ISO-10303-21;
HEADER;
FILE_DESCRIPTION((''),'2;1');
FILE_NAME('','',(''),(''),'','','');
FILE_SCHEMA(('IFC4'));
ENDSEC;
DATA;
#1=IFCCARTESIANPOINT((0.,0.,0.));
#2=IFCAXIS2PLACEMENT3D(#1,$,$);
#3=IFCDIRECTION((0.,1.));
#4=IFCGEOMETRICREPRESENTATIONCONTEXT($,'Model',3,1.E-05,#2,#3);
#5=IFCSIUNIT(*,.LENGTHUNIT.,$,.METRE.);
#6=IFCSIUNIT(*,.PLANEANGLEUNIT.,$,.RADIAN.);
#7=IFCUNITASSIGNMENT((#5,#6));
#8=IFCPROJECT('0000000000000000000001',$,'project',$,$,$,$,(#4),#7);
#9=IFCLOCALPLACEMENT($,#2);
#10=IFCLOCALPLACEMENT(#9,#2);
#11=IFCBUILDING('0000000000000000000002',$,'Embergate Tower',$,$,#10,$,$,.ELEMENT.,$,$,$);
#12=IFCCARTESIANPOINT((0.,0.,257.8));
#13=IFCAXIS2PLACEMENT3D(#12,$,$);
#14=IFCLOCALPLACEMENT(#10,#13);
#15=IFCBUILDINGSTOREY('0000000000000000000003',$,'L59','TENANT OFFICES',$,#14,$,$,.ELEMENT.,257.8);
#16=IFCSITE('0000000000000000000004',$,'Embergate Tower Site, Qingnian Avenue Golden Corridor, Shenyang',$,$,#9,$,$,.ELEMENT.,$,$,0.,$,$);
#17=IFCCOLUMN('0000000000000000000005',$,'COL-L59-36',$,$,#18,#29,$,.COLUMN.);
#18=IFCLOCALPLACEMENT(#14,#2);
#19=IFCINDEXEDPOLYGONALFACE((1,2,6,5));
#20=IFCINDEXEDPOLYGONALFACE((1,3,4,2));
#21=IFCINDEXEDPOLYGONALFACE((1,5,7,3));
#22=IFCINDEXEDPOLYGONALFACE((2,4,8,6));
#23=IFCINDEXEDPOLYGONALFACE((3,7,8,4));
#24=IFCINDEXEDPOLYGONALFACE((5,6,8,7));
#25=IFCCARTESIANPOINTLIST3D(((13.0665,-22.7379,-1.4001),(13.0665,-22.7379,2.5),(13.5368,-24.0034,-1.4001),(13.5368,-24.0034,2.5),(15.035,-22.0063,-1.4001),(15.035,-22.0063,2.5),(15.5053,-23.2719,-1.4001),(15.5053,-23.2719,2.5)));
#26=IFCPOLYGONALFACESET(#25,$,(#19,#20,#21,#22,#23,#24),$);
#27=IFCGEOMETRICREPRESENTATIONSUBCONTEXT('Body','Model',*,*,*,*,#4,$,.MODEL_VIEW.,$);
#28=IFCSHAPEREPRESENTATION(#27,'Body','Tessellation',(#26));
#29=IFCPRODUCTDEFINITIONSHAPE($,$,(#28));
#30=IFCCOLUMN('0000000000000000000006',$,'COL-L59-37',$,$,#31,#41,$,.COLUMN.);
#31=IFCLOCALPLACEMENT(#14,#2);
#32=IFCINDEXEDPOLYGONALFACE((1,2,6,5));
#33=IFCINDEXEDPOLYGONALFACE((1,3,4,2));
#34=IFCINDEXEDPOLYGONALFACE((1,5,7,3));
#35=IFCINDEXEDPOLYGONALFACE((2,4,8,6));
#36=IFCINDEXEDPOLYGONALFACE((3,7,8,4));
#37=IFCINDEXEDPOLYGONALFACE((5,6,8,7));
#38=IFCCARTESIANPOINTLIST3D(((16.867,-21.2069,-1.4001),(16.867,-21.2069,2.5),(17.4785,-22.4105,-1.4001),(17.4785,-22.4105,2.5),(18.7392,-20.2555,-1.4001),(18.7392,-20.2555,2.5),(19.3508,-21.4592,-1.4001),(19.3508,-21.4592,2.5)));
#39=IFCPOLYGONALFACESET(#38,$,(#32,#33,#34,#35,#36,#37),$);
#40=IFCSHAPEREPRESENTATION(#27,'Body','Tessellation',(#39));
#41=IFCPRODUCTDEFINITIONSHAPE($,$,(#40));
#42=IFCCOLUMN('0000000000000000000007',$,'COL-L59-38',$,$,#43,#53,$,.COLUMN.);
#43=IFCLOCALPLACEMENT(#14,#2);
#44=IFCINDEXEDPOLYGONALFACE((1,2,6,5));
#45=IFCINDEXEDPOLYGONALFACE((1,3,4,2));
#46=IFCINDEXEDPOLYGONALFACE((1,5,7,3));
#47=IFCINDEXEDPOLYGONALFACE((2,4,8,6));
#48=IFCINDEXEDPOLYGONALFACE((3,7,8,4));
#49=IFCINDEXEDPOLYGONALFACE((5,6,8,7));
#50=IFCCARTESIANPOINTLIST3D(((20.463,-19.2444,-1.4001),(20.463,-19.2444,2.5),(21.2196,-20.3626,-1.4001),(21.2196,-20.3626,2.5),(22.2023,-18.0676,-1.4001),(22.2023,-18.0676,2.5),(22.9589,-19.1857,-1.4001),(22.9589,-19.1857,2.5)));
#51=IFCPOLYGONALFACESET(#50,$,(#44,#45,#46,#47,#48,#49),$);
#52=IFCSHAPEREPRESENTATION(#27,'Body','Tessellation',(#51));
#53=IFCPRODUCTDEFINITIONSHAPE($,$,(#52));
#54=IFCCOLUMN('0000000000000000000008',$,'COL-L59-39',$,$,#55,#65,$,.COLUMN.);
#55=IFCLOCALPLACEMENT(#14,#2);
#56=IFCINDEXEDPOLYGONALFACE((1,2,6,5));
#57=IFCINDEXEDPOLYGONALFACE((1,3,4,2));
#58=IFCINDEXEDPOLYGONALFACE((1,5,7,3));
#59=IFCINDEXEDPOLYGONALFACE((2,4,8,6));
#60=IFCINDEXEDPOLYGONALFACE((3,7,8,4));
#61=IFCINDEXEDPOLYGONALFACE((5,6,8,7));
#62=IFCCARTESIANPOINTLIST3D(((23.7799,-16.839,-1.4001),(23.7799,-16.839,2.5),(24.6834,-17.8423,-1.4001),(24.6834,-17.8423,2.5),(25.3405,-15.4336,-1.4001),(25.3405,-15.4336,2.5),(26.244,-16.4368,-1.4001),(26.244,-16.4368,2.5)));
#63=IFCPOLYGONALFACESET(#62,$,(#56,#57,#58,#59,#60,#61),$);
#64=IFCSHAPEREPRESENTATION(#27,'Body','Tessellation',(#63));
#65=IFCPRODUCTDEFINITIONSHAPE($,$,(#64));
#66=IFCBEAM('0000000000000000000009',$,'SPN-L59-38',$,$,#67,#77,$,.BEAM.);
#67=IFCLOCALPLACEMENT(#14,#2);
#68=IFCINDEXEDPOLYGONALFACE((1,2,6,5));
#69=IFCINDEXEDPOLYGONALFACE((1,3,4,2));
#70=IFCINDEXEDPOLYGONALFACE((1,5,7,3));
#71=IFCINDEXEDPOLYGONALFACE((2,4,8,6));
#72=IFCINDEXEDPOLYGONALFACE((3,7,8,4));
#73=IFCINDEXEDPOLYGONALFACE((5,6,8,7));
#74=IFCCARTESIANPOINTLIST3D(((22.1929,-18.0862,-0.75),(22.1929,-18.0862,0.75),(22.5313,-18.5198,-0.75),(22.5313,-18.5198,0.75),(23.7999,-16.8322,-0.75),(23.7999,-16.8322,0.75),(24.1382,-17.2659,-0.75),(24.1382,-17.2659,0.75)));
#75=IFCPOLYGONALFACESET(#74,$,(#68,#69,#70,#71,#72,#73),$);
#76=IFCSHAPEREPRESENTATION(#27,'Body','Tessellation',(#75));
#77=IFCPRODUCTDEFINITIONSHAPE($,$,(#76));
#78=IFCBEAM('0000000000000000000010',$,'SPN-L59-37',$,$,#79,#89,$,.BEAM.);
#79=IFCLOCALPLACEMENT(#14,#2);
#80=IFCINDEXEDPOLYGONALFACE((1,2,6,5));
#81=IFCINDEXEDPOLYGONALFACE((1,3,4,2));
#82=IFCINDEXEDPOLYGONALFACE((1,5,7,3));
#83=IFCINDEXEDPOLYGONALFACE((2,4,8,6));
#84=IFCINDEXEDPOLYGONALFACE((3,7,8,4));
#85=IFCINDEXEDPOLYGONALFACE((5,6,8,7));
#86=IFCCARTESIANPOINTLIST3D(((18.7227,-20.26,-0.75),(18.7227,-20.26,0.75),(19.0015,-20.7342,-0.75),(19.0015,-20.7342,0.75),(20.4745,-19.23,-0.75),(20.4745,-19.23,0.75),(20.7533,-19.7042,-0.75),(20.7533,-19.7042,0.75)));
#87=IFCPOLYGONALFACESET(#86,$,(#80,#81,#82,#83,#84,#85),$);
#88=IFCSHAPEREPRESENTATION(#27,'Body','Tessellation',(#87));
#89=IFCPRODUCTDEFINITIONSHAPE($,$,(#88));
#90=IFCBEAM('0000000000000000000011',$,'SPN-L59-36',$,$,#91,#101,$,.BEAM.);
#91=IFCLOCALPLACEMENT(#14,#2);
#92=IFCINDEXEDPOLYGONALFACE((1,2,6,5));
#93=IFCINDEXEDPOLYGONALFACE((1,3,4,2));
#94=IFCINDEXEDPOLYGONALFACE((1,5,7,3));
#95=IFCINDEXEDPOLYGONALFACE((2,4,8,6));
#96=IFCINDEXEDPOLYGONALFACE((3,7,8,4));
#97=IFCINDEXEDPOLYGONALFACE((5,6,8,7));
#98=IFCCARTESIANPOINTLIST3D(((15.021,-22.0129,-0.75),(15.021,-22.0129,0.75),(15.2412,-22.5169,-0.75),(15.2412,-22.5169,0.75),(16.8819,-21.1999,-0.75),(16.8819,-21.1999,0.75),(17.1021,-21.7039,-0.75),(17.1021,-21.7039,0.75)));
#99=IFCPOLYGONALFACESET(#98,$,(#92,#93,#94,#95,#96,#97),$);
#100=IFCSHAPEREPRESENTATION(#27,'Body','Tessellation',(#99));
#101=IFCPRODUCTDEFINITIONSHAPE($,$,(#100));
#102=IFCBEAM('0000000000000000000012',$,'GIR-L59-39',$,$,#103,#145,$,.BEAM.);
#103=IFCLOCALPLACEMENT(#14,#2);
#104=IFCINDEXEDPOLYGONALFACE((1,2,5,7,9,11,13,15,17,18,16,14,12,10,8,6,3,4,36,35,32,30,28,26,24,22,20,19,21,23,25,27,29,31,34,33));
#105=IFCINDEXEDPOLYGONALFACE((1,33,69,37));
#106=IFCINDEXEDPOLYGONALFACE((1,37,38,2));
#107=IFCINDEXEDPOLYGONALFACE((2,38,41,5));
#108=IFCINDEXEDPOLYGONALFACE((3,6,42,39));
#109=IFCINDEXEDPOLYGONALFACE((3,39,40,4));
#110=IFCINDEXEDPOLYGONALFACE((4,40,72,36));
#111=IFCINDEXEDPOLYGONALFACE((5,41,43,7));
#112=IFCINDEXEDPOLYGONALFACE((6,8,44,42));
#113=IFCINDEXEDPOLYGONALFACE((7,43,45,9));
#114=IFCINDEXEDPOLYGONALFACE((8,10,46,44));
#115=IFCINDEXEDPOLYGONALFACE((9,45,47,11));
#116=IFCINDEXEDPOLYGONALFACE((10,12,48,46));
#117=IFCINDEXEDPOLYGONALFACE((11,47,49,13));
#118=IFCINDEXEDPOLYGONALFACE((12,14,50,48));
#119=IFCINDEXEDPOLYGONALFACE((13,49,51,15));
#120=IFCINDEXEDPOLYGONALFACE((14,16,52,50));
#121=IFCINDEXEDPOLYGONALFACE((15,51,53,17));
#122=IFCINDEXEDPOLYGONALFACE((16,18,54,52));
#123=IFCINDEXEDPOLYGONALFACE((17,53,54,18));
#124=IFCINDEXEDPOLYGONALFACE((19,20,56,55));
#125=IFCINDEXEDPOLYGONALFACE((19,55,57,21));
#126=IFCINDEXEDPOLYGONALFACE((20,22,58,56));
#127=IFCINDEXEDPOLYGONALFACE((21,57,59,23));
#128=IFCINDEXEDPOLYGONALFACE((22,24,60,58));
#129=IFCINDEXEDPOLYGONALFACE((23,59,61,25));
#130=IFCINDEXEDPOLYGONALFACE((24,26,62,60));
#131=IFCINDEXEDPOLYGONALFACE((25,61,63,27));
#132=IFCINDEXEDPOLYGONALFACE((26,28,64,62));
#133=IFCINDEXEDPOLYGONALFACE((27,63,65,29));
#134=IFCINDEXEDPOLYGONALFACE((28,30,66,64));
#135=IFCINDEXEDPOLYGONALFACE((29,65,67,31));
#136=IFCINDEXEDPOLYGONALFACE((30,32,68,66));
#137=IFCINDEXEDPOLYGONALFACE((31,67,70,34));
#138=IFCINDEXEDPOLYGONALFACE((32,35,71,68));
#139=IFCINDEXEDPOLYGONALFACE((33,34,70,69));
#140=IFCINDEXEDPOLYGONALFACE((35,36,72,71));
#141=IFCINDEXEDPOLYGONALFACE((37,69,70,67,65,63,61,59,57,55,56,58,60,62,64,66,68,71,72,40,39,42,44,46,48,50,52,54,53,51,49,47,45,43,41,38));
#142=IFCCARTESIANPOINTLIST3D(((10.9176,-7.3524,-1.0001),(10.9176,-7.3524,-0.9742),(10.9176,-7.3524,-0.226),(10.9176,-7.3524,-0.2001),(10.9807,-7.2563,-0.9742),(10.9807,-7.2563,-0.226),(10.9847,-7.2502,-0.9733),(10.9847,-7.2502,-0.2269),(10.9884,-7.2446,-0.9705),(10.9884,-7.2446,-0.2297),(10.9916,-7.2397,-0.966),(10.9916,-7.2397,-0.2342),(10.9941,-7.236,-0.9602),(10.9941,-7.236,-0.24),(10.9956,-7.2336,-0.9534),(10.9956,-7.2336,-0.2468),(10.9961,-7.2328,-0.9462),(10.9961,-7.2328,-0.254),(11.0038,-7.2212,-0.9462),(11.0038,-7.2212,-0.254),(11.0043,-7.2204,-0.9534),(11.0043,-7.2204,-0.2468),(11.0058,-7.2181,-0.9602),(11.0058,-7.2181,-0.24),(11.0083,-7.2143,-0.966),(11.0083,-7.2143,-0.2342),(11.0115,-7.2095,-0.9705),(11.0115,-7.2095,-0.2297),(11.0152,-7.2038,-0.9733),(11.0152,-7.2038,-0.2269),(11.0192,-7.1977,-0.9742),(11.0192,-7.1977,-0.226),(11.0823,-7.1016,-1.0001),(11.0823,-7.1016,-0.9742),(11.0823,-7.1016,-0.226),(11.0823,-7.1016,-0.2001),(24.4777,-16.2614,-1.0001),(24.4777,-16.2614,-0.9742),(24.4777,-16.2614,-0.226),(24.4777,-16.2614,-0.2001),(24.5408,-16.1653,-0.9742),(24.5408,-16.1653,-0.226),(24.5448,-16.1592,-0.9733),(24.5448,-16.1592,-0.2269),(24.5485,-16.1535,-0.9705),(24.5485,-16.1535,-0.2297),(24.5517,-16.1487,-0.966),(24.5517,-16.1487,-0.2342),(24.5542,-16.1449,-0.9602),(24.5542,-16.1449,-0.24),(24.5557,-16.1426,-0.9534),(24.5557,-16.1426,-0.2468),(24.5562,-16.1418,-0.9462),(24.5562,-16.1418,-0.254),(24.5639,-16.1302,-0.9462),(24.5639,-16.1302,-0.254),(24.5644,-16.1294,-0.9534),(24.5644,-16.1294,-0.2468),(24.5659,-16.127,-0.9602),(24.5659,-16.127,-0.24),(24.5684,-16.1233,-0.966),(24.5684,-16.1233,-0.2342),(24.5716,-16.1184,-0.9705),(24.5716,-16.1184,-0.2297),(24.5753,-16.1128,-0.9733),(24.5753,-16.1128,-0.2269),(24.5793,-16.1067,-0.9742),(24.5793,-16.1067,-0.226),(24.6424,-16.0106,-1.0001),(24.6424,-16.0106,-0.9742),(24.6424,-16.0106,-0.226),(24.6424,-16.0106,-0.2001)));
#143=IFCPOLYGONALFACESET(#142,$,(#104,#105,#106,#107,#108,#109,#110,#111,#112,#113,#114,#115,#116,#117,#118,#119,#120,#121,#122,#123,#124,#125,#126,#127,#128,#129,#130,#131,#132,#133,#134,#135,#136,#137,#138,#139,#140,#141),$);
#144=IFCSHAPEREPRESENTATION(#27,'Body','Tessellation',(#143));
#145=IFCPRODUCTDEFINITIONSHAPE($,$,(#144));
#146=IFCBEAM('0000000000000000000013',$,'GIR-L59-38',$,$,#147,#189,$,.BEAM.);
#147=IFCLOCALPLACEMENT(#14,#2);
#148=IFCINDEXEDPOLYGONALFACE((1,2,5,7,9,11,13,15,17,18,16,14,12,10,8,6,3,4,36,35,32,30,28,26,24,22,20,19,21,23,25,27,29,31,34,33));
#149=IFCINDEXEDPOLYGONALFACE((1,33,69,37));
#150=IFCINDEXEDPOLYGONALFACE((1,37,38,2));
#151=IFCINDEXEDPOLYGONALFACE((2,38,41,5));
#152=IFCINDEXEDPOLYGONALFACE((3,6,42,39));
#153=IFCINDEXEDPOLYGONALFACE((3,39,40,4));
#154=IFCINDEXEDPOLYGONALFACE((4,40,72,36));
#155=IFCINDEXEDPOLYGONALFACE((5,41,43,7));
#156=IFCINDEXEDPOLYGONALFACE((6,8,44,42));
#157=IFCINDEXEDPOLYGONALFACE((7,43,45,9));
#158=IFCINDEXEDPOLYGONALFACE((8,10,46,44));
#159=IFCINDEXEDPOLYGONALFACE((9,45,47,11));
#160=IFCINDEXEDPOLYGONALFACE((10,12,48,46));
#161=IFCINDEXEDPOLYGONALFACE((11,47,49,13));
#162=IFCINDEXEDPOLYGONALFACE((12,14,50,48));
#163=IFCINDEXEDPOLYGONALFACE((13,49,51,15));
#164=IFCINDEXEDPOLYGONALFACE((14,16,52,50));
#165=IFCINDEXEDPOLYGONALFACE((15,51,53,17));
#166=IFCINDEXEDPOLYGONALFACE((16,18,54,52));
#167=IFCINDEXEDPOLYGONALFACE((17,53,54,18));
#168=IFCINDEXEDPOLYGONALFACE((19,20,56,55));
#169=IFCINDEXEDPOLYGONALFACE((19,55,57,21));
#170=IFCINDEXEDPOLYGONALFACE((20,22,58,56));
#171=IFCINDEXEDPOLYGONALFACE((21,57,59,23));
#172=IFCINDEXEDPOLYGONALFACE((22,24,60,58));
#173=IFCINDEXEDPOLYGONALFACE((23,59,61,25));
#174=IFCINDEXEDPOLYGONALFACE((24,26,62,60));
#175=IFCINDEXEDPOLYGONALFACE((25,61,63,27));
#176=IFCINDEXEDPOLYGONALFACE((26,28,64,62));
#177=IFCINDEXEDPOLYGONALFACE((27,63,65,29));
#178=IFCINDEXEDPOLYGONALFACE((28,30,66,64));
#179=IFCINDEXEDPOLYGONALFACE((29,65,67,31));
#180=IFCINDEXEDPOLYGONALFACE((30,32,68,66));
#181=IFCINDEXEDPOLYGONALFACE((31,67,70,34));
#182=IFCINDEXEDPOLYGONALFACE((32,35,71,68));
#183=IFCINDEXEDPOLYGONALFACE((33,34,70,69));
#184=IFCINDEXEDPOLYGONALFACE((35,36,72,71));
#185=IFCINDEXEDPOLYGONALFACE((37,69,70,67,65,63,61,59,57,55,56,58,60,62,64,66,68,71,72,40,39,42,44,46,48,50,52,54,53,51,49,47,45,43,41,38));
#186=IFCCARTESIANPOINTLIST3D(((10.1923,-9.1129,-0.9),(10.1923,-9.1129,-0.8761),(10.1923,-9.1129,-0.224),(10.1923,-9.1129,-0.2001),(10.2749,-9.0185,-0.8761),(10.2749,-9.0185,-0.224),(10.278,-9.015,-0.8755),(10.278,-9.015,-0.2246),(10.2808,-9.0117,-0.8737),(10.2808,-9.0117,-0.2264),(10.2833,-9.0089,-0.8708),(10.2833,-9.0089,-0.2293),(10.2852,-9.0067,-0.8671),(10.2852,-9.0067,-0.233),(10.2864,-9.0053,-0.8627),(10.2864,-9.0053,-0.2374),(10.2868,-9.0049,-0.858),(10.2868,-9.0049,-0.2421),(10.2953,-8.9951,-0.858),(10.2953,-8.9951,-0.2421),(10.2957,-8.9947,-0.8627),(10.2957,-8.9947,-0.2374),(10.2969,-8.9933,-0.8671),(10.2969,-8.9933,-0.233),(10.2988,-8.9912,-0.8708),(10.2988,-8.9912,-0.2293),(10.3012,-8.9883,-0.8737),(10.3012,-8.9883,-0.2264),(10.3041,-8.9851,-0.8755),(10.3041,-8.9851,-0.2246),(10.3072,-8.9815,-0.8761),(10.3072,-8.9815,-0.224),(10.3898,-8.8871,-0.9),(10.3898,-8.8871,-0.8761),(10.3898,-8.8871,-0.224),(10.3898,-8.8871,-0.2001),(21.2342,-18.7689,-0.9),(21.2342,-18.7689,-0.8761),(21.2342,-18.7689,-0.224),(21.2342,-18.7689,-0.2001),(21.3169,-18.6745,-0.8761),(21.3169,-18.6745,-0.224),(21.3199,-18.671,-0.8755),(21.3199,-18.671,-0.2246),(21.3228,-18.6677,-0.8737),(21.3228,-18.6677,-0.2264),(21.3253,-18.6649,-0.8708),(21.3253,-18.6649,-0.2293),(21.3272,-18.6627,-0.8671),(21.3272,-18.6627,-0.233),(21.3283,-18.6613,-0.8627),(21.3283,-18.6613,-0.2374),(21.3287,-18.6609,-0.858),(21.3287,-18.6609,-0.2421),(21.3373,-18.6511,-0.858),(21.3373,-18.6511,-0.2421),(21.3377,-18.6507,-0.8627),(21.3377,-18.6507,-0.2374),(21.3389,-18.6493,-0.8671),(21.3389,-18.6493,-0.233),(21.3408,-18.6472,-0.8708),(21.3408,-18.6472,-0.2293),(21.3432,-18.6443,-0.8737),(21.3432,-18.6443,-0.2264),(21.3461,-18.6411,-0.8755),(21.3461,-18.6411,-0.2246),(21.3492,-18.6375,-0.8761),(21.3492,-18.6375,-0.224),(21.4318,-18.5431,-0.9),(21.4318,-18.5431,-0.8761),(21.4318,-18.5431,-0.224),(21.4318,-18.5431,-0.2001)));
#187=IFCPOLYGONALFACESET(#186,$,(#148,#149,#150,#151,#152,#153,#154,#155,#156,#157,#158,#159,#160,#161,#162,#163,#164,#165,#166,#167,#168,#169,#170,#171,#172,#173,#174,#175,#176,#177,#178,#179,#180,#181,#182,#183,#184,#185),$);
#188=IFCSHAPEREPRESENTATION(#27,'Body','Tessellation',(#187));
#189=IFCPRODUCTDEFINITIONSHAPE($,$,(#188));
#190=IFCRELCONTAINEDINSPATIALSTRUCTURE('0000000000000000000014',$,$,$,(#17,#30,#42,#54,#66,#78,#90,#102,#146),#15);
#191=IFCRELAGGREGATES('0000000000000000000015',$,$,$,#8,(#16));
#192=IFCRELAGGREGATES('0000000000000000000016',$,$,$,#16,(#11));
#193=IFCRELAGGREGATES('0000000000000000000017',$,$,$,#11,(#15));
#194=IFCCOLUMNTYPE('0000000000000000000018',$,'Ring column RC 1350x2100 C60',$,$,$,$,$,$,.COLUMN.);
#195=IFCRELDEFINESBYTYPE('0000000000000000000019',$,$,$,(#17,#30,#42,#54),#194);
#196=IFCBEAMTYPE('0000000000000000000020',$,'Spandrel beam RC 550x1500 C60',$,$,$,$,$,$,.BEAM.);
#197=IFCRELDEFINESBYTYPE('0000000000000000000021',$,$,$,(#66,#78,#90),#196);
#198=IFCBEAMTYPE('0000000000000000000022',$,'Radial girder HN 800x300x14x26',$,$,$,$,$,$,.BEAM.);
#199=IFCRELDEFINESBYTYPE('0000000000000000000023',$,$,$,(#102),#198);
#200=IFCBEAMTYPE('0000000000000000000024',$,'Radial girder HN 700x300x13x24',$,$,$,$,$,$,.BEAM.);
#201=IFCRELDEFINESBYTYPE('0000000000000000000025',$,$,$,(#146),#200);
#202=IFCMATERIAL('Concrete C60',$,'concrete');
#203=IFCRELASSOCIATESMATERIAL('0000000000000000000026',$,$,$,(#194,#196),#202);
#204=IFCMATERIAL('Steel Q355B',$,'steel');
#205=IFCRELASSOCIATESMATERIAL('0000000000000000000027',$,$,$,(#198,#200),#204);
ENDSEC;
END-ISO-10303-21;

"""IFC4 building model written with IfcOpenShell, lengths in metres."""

from ifc_helpers import new_model, si_unit, direction, frame, origin, origin_2d, place, context, subcontext, project, spatial, rectangle, i_section, extrude, source, transform, mapped, material, material_profile, profile_set, type_object, element, save


model = new_model("IFC4")

# Units and contexts
model_context = context("Model", 3, precision=1e-05, world=origin(), true_north=direction((0.0, 1.0)))
body_context = subcontext(model_context, "Body", "Model", "MODEL_VIEW")
ifc_project = project(units=[si_unit("LENGTHUNIT", "METRE"), si_unit("PLANEANGLEUNIT", "RADIAN")], contexts=[model_context])

# Site, building, storey
site_placement = place(None, origin())
site = spatial("IfcSite", under=ifc_project, at=site_placement, Name="Embergate Tower Site, Qingnian Avenue Golden Corridor, Shenyang", CompositionType="ELEMENT", RefElevation=0.0)
building_placement = place(site_placement, origin())
building = spatial("IfcBuilding", under=site, at=building_placement, Name="Embergate Tower", CompositionType="ELEMENT")
storey_placement = place(building_placement, frame((0.0, 0.0, 257.8)))
storey = spatial("IfcBuildingStorey", under=building, at=storey_placement, Name="L59", Description="TENANT OFFICES", CompositionType="ELEMENT", Elevation=257.8)

# Columns
ifc_material_1 = material(Name="Concrete C60", Category="concrete")
ifc_material_profile_1 = material_profile(ifc_material_1, rectangle(XDim=1.3501, YDim=2.1001, at=origin_2d()), Name="RC 1350x2100")
ifc_profile_set_1 = profile_set([ifc_material_profile_1], Name="Concrete C60")
column_type = type_object("IfcColumnType", Name="Ring column RC 1350x2100 C60", PredefinedType="COLUMN", material=ifc_profile_set_1)
shared_shape_1 = source(origin(), body_context, "Body", "SweptSolid", [
    extrude(rectangle(XDim=1.3501, YDim=2.1001, at=origin_2d()), origin(), (0.0, 0.0, 1.0), 3.9001),
])
for number, where, z_axis, x_axis, name in (
    (1, (14.2859, -23.0049, -1.4001), (0.0, 0.0, 1.0), (0.348343, -0.937367, 0.0), "COL-L59-36"),
    (2, (18.1089, -21.333, -1.4001), (0.0, 0.0, 1.0), (0.452995, -0.891513, 0.0), "COL-L59-37"),
    (3, (21.7109, -19.2151, -1.4001), (0.0, 0.0, 1.0), (0.560393, -0.828227, 0.0), "COL-L59-38"),
    (4, (25.012, -16.6379, -1.4001), (0.0, 0.0, 1.0), (0.669208, -0.743075, 0.0), "COL-L59-39"),
):
    element("IfcColumn", number, at=place(storey_placement, frame(where, z_axis=z_axis, x_axis=x_axis)), inside=storey, type_object=column_type, Name=name, PredefinedType="COLUMN", context=body_context, shape_type="MappedRepresentation", body=[
        mapped(shared_shape_1, transform((0.0, 0.0, 0.0))),
    ])

# Beams
ifc_material_profile_2 = material_profile(ifc_material_1, rectangle(XDim=0.55, YDim=1.5, at=origin_2d()), Name="RC 550x1500")
ifc_profile_set_2 = profile_set([ifc_material_profile_2], Name="Concrete C60")
beam_type_1 = type_object("IfcBeamType", Name="Spandrel beam RC 550x1500 C60", PredefinedType="BEAM", material=ifc_profile_set_2)
shared_shape_2 = source(origin(), body_context, "Body", "SweptSolid", [
    extrude(rectangle(XDim=0.55, YDim=1.5, at=origin_2d()), origin(), (0.0, 0.0, 1.0), 2.0383),
])
beam_1_placement = place(storey_placement, frame((22.3621, -18.303, 0.0), z_axis=(0.788384, 0.615184, 0.0), x_axis=(-0.615184, 0.788384, 0.0)))
element("IfcBeam", 5, at=beam_1_placement, inside=storey, type_object=beam_type_1, Name="SPN-L59-38", PredefinedType="BEAM", context=body_context, shape_type="MappedRepresentation", body=[
    mapped(shared_shape_2, transform((0.0, 0.0, 0.0))),
])
shared_shape_3 = source(origin(), body_context, "Body", "SweptSolid", [
    extrude(rectangle(XDim=0.55, YDim=1.5, at=origin_2d()), origin(), (0.0, 0.0, 1.0), 2.0322),
])
beam_2_placement = place(storey_placement, frame((18.8621, -20.4971, 0.0), z_axis=(0.862048, 0.506826, 0.0), x_axis=(-0.506826, 0.862048, 0.0)))
element("IfcBeam", 6, at=beam_2_placement, inside=storey, type_object=beam_type_1, Name="SPN-L59-37", PredefinedType="BEAM", context=body_context, shape_type="MappedRepresentation", body=[
    mapped(shared_shape_3, transform((0.0, 0.0, 0.0))),
])
shared_shape_4 = source(origin(), body_context, "Body", "SweptSolid", [
    extrude(rectangle(XDim=0.55, YDim=1.5, at=origin_2d()), origin(), (0.0, 0.0, 1.0), 2.0308),
])
beam_3_placement = place(storey_placement, frame((15.1311, -22.2649, 0.0), z_axis=(0.916361, 0.400352, 0.0), x_axis=(-0.400352, 0.916361, 0.0)))
element("IfcBeam", 7, at=beam_3_placement, inside=storey, type_object=beam_type_1, Name="SPN-L59-36", PredefinedType="BEAM", context=body_context, shape_type="MappedRepresentation", body=[
    mapped(shared_shape_4, transform((0.0, 0.0, 0.0))),
])
ifc_material_2 = material(Name="Steel Q355B", Category="steel")
ifc_material_profile_3 = material_profile(ifc_material_2, i_section(OverallWidth=0.3, OverallDepth=0.8, WebThickness=0.0139, FlangeThickness=0.0259, FilletRadius=0.0281, at=origin_2d()), Name="HN 800x300x14x26")
ifc_profile_set_3 = profile_set([ifc_material_profile_3], Name="Steel Q355 grade B")
beam_type_2 = type_object("IfcBeamType", Name="Radial girder HN 800x300x14x26", PredefinedType="BEAM", material=ifc_profile_set_3)
shared_shape_5 = source(origin(), body_context, "Body", "SweptSolid", [
    extrude(i_section(OverallWidth=0.3, OverallDepth=0.8, WebThickness=0.0139, FlangeThickness=0.0259, FilletRadius=0.0281, at=origin_2d()), origin(), (0.0, 0.0, 1.0), 16.2249),
])
beam_4_placement = place(storey_placement, frame((24.5601, -16.136, -0.6001), z_axis=(-0.835761, 0.549094, 0.0), x_axis=(-0.549094, -0.835761, 0.0)))
element("IfcBeam", 8, at=beam_4_placement, inside=storey, type_object=beam_type_2, Name="GIR-L59-39", PredefinedType="BEAM", context=body_context, shape_type="MappedRepresentation", body=[
    mapped(shared_shape_5, transform((0.0, 0.0, 0.0))),
])
ifc_material_profile_4 = material_profile(ifc_material_2, i_section(OverallWidth=0.3, OverallDepth=0.7, WebThickness=0.0129, FlangeThickness=0.0239, FilletRadius=0.0181, at=origin_2d()), Name="HN 700x300x13x24")
ifc_profile_set_4 = profile_set([ifc_material_profile_4], Name="Steel Q355 grade B")
beam_type_3 = type_object("IfcBeamType", Name="Radial girder HN 700x300x13x24", PredefinedType="BEAM", material=ifc_profile_set_4)
shared_shape_6 = source(origin(), body_context, "Body", "SweptSolid", [
    extrude(i_section(OverallWidth=0.3, OverallDepth=0.7, WebThickness=0.0129, FlangeThickness=0.0239, FilletRadius=0.0181, at=origin_2d()), origin(), (0.0, 0.0, 1.0), 14.6685),
])
beam_5_placement = place(storey_placement, frame((21.333, -18.656, -0.55), z_axis=(-0.75277, 0.658283, 0.0), x_axis=(-0.658283, -0.75277, 0.0)))
element("IfcBeam", 9, at=beam_5_placement, inside=storey, type_object=beam_type_3, Name="GIR-L59-38", PredefinedType="BEAM", context=body_context, shape_type="MappedRepresentation", body=[
    mapped(shared_shape_6, transform((0.0, 0.0, 0.0))),
])

save(model, "model.ifc")
